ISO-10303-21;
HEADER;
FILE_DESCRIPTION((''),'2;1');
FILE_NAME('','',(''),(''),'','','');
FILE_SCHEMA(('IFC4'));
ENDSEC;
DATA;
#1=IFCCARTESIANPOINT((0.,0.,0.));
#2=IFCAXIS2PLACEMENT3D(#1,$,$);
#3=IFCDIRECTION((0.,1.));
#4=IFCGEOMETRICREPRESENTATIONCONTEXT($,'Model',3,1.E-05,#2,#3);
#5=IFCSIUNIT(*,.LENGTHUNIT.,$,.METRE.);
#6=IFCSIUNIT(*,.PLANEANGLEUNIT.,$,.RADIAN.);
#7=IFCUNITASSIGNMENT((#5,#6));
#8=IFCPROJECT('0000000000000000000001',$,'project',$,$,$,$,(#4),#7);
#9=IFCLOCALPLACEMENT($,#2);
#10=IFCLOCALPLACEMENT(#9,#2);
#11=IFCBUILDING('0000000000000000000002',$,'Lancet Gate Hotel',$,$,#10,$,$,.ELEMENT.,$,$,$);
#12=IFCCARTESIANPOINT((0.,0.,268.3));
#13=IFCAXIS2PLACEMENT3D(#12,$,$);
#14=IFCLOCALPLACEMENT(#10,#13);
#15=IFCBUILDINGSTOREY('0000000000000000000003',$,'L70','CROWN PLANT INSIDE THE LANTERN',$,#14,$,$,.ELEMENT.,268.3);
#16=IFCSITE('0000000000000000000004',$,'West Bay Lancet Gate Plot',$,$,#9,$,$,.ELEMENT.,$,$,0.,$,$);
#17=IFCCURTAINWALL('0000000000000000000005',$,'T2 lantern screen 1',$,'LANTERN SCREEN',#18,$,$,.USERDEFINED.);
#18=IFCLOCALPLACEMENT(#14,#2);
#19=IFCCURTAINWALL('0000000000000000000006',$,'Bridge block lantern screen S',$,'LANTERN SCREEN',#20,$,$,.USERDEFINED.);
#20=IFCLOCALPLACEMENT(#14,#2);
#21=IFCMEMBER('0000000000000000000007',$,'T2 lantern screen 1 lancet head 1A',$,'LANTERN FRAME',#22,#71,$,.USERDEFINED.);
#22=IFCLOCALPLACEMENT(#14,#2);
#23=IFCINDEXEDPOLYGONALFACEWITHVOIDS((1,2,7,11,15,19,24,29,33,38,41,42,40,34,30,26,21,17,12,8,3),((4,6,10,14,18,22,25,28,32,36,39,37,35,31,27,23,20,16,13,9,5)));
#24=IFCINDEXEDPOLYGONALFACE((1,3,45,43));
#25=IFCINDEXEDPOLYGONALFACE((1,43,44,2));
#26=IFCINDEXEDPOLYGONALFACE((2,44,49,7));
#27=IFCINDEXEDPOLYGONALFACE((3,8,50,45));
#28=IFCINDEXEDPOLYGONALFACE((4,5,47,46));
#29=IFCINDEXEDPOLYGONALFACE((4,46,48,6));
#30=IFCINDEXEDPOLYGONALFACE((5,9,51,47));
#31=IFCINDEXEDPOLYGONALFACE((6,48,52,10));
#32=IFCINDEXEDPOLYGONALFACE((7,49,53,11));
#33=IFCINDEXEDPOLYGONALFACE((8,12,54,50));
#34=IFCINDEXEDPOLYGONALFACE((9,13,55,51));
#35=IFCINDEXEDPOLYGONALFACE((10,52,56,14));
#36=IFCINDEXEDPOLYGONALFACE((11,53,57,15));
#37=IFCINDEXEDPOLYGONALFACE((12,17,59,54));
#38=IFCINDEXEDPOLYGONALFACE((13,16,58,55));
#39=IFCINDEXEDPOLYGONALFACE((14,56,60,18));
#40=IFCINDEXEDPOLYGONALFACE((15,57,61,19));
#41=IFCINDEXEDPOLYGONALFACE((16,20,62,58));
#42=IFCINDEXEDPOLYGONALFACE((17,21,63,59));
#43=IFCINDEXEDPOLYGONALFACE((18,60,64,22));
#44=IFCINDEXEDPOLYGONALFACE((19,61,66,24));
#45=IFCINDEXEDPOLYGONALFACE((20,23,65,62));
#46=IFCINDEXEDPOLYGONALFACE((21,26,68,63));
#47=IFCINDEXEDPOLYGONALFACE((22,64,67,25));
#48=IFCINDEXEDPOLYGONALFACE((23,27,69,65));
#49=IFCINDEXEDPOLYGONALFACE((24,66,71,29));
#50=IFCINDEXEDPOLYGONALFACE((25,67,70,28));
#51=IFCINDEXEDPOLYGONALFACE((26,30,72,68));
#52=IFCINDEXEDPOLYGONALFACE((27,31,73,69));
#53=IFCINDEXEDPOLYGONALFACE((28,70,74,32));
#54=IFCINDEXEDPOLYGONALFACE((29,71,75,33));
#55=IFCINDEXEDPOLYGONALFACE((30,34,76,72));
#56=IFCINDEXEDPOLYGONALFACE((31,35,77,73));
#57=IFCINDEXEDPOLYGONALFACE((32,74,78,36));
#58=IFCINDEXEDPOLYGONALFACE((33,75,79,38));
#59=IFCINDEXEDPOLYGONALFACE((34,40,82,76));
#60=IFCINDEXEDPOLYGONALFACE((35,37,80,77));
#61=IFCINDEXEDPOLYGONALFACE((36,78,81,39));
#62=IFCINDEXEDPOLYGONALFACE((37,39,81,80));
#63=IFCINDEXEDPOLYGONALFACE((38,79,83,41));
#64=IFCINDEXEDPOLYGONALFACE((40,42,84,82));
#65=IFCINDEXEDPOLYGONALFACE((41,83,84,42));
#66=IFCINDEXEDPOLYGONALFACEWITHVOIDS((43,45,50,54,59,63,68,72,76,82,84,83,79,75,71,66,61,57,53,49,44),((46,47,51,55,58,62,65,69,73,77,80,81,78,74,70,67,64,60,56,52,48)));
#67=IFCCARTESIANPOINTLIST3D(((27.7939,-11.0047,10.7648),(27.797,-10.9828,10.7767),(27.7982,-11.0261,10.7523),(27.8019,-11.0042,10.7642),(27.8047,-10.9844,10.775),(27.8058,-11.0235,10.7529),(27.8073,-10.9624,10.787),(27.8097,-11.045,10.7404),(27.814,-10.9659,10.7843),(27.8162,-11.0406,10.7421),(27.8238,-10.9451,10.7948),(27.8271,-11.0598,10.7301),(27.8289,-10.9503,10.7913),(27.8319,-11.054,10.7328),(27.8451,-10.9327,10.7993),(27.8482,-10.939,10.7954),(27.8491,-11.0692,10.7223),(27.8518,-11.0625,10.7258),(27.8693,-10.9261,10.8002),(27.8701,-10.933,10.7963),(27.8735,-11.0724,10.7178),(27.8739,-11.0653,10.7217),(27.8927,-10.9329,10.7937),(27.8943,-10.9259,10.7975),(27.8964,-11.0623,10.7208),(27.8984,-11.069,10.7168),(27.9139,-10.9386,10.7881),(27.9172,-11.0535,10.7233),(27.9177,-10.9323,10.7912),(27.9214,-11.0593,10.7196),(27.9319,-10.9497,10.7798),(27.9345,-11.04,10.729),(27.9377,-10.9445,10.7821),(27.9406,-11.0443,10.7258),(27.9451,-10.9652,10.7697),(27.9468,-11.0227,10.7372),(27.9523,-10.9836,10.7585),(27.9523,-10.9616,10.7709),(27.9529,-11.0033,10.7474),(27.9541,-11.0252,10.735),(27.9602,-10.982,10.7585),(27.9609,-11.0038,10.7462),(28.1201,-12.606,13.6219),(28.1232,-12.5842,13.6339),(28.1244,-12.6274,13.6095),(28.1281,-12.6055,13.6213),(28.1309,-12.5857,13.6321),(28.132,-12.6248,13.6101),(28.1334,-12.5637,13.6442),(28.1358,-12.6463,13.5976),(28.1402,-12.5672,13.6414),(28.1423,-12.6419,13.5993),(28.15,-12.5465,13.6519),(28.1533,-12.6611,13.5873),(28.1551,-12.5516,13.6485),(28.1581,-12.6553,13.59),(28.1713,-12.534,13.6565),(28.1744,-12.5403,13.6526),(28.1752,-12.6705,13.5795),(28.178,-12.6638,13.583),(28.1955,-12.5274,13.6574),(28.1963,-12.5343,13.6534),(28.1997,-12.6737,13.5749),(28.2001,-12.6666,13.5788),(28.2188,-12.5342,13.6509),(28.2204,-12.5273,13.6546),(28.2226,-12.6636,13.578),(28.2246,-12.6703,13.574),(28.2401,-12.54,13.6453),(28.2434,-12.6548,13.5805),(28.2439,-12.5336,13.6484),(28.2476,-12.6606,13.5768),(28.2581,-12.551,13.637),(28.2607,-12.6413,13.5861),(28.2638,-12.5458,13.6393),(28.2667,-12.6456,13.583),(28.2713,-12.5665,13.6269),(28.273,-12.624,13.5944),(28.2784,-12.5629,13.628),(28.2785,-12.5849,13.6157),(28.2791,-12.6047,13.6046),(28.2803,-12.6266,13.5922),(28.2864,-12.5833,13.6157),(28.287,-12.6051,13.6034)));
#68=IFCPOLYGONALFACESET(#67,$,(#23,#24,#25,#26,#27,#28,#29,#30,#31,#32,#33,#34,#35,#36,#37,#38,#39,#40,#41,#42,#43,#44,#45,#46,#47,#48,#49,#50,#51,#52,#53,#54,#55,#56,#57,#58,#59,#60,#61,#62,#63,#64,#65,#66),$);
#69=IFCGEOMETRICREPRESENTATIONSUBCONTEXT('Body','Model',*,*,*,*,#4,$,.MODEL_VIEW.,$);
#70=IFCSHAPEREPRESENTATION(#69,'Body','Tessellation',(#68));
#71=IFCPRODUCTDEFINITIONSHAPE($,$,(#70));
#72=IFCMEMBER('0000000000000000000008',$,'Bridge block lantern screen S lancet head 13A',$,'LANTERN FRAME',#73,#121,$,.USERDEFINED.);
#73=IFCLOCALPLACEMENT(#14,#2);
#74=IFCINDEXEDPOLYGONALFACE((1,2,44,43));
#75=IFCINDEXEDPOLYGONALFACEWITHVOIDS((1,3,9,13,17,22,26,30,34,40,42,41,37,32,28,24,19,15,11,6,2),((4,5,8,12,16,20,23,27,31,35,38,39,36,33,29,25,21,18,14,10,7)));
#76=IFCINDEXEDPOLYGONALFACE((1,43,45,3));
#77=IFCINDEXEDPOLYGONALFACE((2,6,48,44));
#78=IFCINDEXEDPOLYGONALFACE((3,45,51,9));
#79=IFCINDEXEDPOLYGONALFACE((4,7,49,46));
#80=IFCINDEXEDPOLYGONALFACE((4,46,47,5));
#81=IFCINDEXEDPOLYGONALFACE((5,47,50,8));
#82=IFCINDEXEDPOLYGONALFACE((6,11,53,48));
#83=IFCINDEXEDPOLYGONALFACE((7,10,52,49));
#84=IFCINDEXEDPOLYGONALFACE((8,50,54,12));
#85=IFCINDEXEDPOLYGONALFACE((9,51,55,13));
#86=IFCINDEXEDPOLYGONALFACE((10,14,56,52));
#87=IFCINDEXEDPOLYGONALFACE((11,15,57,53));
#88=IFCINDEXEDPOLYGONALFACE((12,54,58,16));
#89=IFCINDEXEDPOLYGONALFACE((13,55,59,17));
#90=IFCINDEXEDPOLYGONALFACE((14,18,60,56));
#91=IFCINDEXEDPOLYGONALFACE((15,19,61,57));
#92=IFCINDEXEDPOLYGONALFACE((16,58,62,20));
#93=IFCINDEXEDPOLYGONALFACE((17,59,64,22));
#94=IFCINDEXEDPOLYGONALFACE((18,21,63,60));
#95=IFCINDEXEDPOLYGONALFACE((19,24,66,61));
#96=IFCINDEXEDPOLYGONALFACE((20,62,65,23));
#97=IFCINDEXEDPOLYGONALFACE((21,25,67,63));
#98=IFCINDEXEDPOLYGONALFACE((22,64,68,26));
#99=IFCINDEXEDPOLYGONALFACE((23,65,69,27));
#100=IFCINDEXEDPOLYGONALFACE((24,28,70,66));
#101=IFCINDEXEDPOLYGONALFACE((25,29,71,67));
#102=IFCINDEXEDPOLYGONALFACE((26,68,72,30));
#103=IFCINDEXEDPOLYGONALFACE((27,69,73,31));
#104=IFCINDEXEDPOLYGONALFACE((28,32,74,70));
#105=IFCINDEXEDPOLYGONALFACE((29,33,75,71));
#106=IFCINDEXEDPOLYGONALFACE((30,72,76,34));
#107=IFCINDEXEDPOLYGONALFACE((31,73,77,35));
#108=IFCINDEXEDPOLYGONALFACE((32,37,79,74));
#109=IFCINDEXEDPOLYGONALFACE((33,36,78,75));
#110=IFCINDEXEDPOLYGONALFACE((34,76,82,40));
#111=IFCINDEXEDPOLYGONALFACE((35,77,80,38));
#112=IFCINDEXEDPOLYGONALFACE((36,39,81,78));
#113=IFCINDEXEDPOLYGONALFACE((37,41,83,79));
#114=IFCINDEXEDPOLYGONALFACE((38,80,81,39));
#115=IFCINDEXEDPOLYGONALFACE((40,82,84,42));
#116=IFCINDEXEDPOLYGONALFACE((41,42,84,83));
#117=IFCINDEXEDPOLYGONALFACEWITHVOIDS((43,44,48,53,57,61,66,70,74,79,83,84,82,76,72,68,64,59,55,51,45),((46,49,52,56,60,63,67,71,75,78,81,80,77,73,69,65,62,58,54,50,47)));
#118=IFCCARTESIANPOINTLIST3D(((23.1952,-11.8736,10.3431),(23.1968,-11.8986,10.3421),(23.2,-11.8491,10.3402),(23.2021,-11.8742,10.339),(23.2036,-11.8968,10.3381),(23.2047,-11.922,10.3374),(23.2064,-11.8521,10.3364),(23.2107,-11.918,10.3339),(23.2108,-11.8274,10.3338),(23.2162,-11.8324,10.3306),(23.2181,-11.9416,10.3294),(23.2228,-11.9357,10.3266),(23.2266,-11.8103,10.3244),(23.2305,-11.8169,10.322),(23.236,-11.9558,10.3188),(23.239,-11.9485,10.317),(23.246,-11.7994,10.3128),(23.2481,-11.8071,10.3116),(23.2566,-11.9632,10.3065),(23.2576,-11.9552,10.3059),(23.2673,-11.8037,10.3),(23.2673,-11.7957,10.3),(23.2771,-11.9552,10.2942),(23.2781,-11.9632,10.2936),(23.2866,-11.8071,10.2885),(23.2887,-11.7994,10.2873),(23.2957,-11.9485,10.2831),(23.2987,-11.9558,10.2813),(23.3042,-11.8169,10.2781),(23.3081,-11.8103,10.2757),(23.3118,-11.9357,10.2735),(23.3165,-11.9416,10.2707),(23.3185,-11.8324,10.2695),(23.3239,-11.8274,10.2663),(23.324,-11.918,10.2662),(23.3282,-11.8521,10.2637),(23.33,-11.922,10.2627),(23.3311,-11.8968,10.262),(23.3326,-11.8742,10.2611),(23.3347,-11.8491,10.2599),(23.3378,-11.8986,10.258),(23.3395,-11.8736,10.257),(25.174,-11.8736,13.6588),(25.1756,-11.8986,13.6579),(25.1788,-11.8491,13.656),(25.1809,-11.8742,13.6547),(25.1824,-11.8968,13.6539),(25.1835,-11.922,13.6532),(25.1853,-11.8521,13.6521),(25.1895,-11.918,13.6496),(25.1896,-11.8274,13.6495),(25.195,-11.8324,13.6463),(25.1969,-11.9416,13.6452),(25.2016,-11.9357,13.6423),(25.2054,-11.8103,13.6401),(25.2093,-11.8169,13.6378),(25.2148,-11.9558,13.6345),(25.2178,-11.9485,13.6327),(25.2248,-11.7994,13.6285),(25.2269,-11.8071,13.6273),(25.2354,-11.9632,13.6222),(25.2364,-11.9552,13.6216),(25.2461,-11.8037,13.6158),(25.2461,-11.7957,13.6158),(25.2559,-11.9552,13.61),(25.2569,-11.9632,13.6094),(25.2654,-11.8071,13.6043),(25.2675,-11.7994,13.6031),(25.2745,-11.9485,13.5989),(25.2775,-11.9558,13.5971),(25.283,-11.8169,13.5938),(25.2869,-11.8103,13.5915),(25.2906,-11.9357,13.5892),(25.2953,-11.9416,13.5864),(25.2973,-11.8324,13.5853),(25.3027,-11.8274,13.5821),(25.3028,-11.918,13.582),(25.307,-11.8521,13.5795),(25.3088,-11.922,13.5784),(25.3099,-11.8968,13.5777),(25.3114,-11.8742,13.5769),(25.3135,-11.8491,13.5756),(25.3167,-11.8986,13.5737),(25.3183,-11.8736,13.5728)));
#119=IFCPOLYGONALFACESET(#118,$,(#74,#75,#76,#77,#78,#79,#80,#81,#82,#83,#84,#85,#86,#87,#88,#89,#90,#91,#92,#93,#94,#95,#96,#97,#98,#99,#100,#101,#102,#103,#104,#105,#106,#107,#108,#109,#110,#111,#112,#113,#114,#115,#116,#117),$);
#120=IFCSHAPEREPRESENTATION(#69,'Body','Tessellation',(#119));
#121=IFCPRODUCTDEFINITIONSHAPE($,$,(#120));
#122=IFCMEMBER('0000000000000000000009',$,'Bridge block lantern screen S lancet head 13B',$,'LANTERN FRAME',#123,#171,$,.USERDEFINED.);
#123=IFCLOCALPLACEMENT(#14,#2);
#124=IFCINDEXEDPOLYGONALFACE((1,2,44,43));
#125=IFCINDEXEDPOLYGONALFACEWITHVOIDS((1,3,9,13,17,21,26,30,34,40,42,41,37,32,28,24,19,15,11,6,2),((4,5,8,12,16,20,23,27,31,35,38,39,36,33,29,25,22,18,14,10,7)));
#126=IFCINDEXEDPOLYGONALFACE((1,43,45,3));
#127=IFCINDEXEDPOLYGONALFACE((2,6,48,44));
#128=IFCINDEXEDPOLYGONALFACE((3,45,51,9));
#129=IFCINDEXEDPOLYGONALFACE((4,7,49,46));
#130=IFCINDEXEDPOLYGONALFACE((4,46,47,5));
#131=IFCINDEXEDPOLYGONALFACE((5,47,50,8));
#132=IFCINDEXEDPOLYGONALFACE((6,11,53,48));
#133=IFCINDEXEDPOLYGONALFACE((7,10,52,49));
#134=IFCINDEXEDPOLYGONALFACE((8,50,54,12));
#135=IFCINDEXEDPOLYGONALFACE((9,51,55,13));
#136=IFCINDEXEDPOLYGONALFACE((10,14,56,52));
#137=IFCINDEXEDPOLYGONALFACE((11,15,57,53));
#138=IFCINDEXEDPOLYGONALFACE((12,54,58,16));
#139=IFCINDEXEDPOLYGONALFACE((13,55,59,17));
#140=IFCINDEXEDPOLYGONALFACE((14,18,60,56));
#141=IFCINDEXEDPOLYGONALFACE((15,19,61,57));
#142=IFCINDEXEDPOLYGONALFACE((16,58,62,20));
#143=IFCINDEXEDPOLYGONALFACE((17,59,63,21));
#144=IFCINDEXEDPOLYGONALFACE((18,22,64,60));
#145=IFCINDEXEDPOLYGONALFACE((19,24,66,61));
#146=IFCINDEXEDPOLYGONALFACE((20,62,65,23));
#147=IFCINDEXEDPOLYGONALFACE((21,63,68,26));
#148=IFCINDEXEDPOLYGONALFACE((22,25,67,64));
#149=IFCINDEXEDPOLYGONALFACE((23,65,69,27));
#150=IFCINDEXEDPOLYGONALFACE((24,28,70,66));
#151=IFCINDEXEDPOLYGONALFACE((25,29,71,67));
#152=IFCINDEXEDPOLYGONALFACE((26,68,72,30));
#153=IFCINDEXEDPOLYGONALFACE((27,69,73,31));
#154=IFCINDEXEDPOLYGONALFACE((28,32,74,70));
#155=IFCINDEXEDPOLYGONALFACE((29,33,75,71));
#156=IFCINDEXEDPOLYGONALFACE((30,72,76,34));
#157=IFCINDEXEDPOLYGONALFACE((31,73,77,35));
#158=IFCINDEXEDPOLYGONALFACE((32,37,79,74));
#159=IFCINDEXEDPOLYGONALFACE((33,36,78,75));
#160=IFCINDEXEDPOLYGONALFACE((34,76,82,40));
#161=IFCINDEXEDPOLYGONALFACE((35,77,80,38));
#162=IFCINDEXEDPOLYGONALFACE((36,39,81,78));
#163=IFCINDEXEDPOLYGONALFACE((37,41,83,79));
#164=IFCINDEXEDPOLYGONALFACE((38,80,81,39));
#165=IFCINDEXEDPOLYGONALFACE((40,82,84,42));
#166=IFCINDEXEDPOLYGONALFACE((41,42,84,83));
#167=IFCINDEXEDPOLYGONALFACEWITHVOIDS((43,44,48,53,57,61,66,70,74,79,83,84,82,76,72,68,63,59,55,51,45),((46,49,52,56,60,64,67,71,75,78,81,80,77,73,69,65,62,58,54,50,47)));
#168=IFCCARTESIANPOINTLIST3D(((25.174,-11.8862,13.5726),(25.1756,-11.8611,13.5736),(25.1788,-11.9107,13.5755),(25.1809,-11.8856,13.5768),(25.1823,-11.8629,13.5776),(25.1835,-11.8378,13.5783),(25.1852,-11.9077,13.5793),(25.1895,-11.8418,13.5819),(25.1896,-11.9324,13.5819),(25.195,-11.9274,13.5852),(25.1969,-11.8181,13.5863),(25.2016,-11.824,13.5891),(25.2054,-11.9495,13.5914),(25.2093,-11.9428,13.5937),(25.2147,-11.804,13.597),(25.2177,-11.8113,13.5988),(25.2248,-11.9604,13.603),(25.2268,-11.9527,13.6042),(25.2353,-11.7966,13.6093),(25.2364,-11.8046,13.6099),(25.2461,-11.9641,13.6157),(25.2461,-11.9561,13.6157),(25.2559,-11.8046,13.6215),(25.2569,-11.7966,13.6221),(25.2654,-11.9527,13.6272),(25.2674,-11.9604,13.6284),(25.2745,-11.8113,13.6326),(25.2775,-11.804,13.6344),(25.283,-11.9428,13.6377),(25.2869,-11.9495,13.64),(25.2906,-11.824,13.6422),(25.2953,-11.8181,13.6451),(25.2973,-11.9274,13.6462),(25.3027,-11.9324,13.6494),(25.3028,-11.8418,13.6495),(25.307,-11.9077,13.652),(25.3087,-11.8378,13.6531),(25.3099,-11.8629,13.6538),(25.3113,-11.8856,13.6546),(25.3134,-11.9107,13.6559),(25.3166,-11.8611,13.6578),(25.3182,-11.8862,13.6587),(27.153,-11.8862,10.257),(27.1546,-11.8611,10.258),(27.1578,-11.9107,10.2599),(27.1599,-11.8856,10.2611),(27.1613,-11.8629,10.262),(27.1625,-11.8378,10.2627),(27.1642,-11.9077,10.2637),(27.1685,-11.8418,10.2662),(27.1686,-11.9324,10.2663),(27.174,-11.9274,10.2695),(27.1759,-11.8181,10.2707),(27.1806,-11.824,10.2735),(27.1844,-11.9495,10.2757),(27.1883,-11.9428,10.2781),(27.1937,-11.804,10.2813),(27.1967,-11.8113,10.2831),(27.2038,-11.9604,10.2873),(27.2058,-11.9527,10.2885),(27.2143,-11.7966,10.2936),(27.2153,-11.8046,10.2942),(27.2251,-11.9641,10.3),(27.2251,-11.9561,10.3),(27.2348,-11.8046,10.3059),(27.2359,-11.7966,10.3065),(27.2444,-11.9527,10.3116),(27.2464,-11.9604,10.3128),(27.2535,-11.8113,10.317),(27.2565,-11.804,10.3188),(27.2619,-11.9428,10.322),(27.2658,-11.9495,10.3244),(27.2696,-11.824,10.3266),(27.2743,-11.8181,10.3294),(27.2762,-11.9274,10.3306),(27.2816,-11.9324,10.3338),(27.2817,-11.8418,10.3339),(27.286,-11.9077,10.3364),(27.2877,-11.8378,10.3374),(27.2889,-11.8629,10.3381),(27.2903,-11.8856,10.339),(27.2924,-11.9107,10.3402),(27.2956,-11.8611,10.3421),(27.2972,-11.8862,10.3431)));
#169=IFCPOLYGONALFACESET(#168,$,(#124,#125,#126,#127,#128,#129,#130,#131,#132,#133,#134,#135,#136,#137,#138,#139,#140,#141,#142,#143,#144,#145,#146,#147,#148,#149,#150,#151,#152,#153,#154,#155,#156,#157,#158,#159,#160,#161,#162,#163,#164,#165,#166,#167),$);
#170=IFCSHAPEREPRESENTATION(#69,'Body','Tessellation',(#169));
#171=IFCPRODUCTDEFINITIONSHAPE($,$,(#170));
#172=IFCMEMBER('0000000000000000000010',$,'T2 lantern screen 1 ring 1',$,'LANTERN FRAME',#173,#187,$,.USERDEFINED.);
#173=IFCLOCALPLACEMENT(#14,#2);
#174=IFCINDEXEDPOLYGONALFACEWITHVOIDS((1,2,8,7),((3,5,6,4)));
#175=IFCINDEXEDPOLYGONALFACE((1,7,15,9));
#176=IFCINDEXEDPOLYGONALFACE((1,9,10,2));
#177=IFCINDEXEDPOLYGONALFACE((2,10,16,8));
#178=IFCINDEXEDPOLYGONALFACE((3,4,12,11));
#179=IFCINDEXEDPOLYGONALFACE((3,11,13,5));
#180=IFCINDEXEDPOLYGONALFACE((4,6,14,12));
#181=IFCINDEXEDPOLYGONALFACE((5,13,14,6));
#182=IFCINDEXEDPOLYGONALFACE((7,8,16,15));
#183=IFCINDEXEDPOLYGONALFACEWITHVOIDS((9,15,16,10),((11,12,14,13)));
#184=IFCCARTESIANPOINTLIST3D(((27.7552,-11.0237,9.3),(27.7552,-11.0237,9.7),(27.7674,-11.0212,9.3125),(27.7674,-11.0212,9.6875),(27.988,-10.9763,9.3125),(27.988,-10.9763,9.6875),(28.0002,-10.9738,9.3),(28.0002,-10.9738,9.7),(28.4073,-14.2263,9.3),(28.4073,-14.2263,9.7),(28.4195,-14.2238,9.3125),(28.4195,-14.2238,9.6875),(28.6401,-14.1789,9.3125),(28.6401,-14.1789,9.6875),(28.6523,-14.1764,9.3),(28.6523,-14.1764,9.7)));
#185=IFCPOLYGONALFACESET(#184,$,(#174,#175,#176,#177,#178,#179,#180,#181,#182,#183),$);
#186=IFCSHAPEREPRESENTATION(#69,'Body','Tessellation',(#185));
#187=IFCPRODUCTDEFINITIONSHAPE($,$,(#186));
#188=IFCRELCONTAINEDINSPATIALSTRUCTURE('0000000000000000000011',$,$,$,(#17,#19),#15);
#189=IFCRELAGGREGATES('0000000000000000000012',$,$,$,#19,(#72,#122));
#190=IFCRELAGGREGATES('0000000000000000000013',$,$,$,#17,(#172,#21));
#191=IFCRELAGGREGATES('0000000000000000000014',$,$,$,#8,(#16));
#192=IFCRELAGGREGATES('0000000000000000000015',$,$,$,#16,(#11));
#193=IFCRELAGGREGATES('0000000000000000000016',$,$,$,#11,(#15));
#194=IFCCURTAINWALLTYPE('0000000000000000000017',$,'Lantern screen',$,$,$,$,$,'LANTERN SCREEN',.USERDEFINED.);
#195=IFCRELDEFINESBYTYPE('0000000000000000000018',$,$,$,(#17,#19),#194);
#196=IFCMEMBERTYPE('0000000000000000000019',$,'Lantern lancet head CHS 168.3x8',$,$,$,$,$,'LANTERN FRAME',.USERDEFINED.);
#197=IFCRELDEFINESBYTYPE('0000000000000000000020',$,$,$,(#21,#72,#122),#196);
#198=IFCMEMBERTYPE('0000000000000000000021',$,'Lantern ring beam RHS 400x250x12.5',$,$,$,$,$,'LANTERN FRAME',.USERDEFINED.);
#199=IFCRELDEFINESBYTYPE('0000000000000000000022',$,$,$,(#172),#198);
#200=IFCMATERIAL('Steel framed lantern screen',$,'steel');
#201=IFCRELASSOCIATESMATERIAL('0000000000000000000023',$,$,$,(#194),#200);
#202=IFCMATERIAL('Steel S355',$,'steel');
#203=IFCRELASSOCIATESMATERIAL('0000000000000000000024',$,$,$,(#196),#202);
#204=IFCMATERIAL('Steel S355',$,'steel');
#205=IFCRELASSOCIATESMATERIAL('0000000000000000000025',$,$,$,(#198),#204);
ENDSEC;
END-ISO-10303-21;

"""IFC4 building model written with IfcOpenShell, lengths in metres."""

from ifc_helpers import new_model, si_unit, direction, frame, origin, origin_2d, place, context, subcontext, project, spatial, hollow_rectangle, hollow_circle, extrude, material, material_profile, profile_set, type_object, element, aggregate, save


model = new_model("IFC4")

# Units and contexts
model_context = context("Model", 3, precision=1e-05, world=origin(), true_north=direction((0.0, 1.0)))
body_context = subcontext(model_context, "Body", "Model", "MODEL_VIEW")
ifc_project = project(units=[si_unit("LENGTHUNIT", "METRE"), si_unit("PLANEANGLEUNIT", "RADIAN")], contexts=[model_context])

# Site, building, storey
site_placement = place(None, origin())
site = spatial("IfcSite", under=ifc_project, at=site_placement, Name="West Bay Lancet Gate Plot", CompositionType="ELEMENT", RefElevation=0.0)
building_placement = place(site_placement, origin())
building = spatial("IfcBuilding", under=site, at=building_placement, Name="Lancet Gate Hotel", CompositionType="ELEMENT")
storey_placement = place(building_placement, frame((0.0, 0.0, 268.3)))
storey = spatial("IfcBuildingStorey", under=building, at=storey_placement, Name="L70", Description="CROWN PLANT INSIDE THE LANTERN", CompositionType="ELEMENT", Elevation=268.3)

# Curtain wall
ifc_material_1 = material(Name="Steel framed lantern screen", Category="steel")
curtain_wall_type_1 = type_object("IfcCurtainWallType", Name="Lantern screen", ElementType="LANTERN SCREEN", PredefinedType="USERDEFINED", material=ifc_material_1)
curtain_wall_1_placement = place(storey_placement, origin())
curtain_wall_1 = element("IfcCurtainWall", 1, at=curtain_wall_1_placement, inside=storey, type_object=curtain_wall_type_1, Name="T2 lantern screen 1", ObjectType="LANTERN SCREEN", PredefinedType="USERDEFINED")

# Curtain wall
curtain_wall_2_placement = place(storey_placement, origin())
curtain_wall_2 = element("IfcCurtainWall", 2, at=curtain_wall_2_placement, inside=storey, type_object=curtain_wall_type_1, Name="Bridge block lantern screen S", ObjectType="LANTERN SCREEN", PredefinedType="USERDEFINED")

# Members
ifc_material_2 = material(Name="Steel S355", Category="steel")
ifc_material_profile_1 = material_profile(ifc_material_2, hollow_circle(Radius=0.0842, WallThickness=0.0081, at=origin_2d()), Name="CHS 168.3x8.0")
ifc_profile_set_1 = profile_set([ifc_material_profile_1], Name="Steel S355")
member_type_1 = type_object("IfcMemberType", Name="Lantern lancet head CHS 168.3x8", ElementType="LANTERN FRAME", PredefinedType="USERDEFINED", material=ifc_profile_set_1)
member_1_placement = place(storey_placement, frame((27.8777, -10.9988, 10.7585), z_axis=(0.099095, -0.486499, 0.868043), x_axis=(0.979879, 0.199591, 0.0)))
member_1 = element("IfcMember", 3, at=member_1_placement, type_object=member_type_1, Name="T2 lantern screen 1 lancet head 1A", ObjectType="LANTERN FRAME", PredefinedType="USERDEFINED", context=body_context, shape_type="SweptSolid", body=[
    extrude(hollow_circle(Radius=0.0842, WallThickness=0.0081, at=origin_2d()), origin(), (0.0, 0.0, 1.0), 3.2915),
])
member_2_placement = place(storey_placement, frame((23.2673, -11.8799, 10.3), z_axis=(0.512467, 0.0, 0.858707), x_axis=(0.0, 1.0, 0.0)))
member_2 = element("IfcMember", 4, at=member_2_placement, type_object=member_type_1, Name="Bridge block lantern screen S lancet head 13A", ObjectType="LANTERN FRAME", PredefinedType="USERDEFINED", context=body_context, shape_type="SweptSolid", body=[
    extrude(hollow_circle(Radius=0.0842, WallThickness=0.0081, at=origin_2d()), origin(), (0.0, 0.0, 1.0), 3.8613),
])
member_3_placement = place(storey_placement, frame((27.2251, -11.8799, 10.3), z_axis=(-0.512514, 0.0, 0.858679), x_axis=(0.0, -1.0, 0.0)))
member_3 = element("IfcMember", 5, at=member_3_placement, type_object=member_type_1, Name="Bridge block lantern screen S lancet head 13B", ObjectType="LANTERN FRAME", PredefinedType="USERDEFINED", context=body_context, shape_type="SweptSolid", body=[
    extrude(hollow_circle(Radius=0.0842, WallThickness=0.0081, at=origin_2d()), origin(), (0.0, 0.0, 1.0), 3.8613),
])
aggregate(curtain_wall_2, [member_2, member_3])
ifc_material_3 = material(Name="Steel S355", Category="steel")
ifc_material_profile_2 = material_profile(ifc_material_3, hollow_rectangle(XDim=0.25, YDim=0.3999, WallThickness=0.0125, at=origin_2d()), Name="RHS 400x250x12.5")
ifc_profile_set_2 = profile_set([ifc_material_profile_2], Name="Steel S355")
member_type_2 = type_object("IfcMemberType", Name="Lantern ring beam RHS 400x250x12.5", ElementType="LANTERN FRAME", PredefinedType="USERDEFINED", material=ifc_profile_set_2)
member_4_placement = place(storey_placement, frame((27.8777, -10.9988, 9.5), z_axis=(0.199519, -0.979894, 0.0), x_axis=(0.979894, 0.199519, 0.0)))
member_4 = element("IfcMember", 6, at=member_4_placement, type_object=member_type_2, Name="T2 lantern screen 1 ring 1", ObjectType="LANTERN FRAME", PredefinedType="USERDEFINED", context=body_context, shape_type="SweptSolid", body=[
    extrude(hollow_rectangle(XDim=0.25, YDim=0.3999, WallThickness=0.0125, at=origin_2d()), origin(), (0.0, 0.0, 1.0), 3.2683),
])
aggregate(curtain_wall_1, [member_4, member_1])

save(model, "model.ifc")
